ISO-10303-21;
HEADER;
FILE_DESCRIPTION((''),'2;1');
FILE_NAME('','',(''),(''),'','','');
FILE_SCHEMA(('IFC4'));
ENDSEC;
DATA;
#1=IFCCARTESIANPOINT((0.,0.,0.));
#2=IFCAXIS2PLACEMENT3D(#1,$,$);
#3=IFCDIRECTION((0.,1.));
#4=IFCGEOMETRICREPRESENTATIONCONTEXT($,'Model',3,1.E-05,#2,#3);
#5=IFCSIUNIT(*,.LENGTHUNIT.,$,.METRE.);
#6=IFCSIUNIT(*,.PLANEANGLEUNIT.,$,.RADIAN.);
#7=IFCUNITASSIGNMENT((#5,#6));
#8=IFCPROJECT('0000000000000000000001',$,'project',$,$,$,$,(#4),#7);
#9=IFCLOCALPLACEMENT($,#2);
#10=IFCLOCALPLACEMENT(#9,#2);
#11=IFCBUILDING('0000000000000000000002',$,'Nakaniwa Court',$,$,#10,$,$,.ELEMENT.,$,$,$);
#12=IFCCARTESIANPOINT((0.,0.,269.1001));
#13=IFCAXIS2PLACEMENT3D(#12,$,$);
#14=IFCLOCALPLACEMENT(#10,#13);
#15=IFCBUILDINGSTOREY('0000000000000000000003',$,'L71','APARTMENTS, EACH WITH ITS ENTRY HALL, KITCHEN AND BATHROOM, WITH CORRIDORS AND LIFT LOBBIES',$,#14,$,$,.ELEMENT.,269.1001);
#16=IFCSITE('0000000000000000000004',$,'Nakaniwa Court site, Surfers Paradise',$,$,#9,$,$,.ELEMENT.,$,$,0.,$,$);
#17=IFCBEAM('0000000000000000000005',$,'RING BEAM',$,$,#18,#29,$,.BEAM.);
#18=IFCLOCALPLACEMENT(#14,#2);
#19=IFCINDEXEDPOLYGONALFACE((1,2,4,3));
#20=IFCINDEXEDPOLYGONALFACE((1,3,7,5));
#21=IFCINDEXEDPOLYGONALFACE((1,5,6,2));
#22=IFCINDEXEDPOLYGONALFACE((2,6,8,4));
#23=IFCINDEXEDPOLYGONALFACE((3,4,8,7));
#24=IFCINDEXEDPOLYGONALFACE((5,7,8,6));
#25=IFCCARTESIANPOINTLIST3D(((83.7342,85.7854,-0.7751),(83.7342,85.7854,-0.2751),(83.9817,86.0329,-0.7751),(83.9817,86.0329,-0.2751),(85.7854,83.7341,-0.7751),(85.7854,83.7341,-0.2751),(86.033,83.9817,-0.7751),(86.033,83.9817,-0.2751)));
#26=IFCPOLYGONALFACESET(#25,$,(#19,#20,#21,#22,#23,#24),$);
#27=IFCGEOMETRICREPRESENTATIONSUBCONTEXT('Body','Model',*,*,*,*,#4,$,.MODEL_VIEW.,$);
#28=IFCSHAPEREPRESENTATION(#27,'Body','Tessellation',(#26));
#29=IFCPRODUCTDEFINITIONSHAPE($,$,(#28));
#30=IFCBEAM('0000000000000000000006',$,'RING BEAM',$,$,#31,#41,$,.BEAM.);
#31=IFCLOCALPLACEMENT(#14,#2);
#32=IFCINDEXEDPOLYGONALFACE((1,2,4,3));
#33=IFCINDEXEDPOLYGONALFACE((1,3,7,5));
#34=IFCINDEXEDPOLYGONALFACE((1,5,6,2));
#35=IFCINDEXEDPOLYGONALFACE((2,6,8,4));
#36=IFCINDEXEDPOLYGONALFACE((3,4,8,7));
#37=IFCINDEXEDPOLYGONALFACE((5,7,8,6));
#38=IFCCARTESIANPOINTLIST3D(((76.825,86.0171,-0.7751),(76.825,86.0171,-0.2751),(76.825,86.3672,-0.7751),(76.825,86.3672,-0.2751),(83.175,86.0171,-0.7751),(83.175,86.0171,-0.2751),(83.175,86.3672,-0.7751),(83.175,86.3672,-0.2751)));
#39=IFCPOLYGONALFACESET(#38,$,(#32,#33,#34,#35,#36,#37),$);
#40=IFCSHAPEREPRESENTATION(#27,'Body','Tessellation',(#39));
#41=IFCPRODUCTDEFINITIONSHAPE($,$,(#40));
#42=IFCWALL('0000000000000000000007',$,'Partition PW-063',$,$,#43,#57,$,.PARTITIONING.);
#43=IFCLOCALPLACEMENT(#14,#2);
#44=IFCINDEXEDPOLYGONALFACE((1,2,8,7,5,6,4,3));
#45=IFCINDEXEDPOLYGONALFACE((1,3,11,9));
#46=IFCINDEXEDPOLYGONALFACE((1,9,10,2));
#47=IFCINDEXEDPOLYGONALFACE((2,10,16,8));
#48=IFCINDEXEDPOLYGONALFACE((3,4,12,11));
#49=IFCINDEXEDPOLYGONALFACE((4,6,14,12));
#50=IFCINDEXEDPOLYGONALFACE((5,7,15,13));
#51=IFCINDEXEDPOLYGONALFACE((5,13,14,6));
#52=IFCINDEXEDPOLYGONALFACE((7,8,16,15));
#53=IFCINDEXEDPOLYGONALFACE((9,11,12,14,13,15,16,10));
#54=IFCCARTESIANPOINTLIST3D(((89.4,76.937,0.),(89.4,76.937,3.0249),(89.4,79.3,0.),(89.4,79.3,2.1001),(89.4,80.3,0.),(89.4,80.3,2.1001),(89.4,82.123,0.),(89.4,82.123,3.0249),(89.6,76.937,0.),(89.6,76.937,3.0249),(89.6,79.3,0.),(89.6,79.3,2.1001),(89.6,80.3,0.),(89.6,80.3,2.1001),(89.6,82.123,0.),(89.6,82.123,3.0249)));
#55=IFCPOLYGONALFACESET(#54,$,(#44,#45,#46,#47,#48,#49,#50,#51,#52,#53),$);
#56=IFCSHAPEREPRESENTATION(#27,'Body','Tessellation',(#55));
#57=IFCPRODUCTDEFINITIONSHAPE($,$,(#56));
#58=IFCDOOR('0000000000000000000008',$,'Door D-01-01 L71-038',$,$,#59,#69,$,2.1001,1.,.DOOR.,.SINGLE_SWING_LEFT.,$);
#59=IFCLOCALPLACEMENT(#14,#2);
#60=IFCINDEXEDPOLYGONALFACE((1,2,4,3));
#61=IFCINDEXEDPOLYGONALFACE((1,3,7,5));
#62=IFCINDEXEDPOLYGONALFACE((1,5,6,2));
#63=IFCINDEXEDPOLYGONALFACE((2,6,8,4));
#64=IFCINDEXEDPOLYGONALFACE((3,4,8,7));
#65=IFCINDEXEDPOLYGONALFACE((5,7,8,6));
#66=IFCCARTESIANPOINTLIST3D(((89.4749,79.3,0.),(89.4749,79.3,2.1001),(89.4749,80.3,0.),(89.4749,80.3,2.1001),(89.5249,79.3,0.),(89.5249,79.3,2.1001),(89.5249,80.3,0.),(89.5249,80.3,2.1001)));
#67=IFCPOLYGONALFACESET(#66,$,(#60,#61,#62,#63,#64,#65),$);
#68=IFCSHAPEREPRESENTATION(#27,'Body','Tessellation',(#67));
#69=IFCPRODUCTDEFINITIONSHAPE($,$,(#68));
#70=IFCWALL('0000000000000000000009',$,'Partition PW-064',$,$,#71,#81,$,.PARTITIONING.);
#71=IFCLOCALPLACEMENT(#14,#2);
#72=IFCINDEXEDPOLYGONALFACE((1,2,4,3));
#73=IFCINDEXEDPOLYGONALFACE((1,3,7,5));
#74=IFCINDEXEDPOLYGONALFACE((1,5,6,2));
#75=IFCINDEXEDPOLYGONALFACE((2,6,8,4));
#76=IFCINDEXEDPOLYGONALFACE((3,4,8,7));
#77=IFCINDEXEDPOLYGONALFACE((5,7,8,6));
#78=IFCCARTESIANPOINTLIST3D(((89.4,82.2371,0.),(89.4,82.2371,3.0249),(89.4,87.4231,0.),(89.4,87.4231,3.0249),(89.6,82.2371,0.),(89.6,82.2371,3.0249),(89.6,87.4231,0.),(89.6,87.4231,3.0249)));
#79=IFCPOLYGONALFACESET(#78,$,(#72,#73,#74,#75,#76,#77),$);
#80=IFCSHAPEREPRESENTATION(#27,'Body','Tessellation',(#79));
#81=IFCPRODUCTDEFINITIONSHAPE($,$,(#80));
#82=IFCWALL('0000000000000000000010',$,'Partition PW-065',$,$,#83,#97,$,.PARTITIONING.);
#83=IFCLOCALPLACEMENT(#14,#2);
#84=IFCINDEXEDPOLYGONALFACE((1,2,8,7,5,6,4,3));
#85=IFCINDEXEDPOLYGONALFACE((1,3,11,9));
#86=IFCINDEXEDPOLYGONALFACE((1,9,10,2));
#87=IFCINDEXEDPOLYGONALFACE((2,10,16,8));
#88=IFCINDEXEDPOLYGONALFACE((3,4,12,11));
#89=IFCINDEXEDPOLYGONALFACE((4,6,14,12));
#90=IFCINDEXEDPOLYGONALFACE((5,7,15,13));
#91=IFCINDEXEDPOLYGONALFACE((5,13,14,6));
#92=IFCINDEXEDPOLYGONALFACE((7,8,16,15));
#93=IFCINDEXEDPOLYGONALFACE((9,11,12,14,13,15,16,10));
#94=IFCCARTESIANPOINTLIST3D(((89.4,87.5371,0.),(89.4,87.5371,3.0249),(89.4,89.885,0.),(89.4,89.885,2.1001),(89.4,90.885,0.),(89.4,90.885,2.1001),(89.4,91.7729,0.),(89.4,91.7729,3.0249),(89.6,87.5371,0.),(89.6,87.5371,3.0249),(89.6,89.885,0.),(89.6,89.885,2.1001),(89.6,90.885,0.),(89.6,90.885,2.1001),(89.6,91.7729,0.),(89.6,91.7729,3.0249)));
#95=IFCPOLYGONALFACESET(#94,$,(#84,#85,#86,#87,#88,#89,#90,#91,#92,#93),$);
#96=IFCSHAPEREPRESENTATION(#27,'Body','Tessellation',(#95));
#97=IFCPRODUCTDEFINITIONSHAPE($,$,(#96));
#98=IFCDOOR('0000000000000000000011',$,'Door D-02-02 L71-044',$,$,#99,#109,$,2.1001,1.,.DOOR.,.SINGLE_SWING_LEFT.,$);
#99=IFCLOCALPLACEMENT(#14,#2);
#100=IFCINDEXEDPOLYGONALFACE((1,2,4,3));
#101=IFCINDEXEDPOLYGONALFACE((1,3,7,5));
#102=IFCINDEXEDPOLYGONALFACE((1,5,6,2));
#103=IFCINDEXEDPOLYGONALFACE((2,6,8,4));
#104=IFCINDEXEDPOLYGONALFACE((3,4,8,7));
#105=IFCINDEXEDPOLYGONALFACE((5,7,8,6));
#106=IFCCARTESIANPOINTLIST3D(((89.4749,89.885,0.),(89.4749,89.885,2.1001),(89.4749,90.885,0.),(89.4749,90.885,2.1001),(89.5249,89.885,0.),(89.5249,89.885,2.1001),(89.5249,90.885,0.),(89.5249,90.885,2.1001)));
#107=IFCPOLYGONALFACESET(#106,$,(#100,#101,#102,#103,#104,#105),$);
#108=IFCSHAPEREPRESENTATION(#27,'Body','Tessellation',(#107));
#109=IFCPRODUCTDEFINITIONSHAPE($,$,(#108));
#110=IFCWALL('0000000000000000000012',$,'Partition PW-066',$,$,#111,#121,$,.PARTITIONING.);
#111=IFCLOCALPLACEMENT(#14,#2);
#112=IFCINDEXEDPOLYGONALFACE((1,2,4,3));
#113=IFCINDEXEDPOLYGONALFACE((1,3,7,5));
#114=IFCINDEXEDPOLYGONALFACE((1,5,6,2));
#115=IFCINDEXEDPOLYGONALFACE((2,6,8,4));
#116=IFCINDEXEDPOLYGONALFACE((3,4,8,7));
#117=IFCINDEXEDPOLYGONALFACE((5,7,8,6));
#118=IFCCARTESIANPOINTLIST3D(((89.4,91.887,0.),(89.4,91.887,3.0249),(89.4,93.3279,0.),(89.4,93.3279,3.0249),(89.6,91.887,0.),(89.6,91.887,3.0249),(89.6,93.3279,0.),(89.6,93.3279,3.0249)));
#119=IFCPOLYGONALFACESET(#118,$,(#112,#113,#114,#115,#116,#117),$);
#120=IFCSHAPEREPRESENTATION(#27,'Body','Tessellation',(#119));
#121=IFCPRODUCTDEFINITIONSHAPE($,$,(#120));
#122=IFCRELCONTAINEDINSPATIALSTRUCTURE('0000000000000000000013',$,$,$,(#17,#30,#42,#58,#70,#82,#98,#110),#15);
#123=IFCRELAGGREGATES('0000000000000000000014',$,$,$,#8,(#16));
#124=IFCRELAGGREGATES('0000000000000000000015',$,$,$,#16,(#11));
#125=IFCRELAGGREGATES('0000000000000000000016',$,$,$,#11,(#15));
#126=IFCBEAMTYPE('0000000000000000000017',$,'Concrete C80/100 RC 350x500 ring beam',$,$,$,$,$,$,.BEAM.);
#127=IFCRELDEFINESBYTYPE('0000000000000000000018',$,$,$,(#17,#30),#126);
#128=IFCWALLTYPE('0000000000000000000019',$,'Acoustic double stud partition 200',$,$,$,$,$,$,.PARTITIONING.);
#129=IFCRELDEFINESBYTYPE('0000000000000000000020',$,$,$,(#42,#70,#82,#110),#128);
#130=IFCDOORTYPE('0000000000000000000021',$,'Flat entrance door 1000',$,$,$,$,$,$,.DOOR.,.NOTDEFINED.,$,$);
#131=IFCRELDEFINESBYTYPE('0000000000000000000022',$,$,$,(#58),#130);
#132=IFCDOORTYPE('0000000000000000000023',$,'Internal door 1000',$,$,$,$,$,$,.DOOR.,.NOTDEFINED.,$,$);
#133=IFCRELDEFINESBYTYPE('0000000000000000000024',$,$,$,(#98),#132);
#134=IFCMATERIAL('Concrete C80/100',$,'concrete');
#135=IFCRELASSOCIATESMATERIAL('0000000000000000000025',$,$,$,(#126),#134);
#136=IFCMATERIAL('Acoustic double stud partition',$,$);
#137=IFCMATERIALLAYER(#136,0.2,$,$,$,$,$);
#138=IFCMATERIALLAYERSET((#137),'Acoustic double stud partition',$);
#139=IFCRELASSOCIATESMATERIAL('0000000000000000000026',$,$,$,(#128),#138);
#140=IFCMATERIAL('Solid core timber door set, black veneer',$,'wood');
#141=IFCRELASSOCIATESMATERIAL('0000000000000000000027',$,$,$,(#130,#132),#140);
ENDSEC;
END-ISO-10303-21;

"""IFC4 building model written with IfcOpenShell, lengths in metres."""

from ifc_helpers import new_model, si_unit, direction, frame, frame_2d, origin, origin_2d, place, context, subcontext, project, spatial, rectangle, extrude, material, layer, layer_set, material_profile, profile_set, type_object, element, fill, save


model = new_model("IFC4")

# Units and contexts
model_context = context("Model", 3, precision=1e-05, world=origin(), true_north=direction((0.0, 1.0)))
body_context = subcontext(model_context, "Body", "Model", "MODEL_VIEW")
ifc_project = project(units=[si_unit("LENGTHUNIT", "METRE"), si_unit("PLANEANGLEUNIT", "RADIAN")], contexts=[model_context])

# Site, building, storey
site_placement = place(None, origin())
site = spatial("IfcSite", under=ifc_project, at=site_placement, Name="Nakaniwa Court site, Surfers Paradise", CompositionType="ELEMENT", RefElevation=0.0)
building_placement = place(site_placement, origin())
building = spatial("IfcBuilding", under=site, at=building_placement, Name="Nakaniwa Court", CompositionType="ELEMENT")
storey_placement = place(building_placement, frame((0.0, 0.0, 269.1001)))
storey = spatial("IfcBuildingStorey", under=building, at=storey_placement, Name="L71", Description="APARTMENTS, EACH WITH ITS ENTRY HALL, KITCHEN AND BATHROOM, WITH CORRIDORS AND LIFT LOBBIES", CompositionType="ELEMENT", Elevation=269.1001)

# Shared definitions
ifc_material_1 = material(Name="Concrete C80/100", Category="concrete")

# Beams
ifc_material_profile_1 = material_profile(ifc_material_1, rectangle(XDim=0.3501, YDim=0.5, at=origin_2d()), Name="Concrete C80/100 RC 350x500 ring beam")
ifc_profile_set_1 = profile_set([ifc_material_profile_1], Name="Concrete C80/100")
beam_type = type_object("IfcBeamType", Name="Concrete C80/100 RC 350x500 ring beam", PredefinedType="BEAM", material=ifc_profile_set_1)
beam_1_placement = place(storey_placement, frame((85.9092, 83.8579, -0.5251), z_axis=(-0.707107, 0.707107, 0.0), x_axis=(-0.707107, -0.707107, 0.0)))
element("IfcBeam", 1, at=beam_1_placement, inside=storey, type_object=beam_type, Name="RING BEAM", PredefinedType="BEAM", context=body_context, shape_type="SweptSolid", body=[
    extrude(rectangle(XDim=0.3501, YDim=0.5, at=origin_2d()), origin(), (0.0, 0.0, 1.0), 2.9009),
])
beam_2_placement = place(storey_placement, frame((83.175, 86.1921, -0.5251), z_axis=(-1.0, 0.0, 0.0), x_axis=(0.0, -1.0, 0.0)))
element("IfcBeam", 2, at=beam_2_placement, inside=storey, type_object=beam_type, Name="RING BEAM", PredefinedType="BEAM", context=body_context, shape_type="SweptSolid", body=[
    extrude(rectangle(XDim=0.3501, YDim=0.5, at=origin_2d()), origin(), (0.0, 0.0, 1.0), 6.3501),
])

# Wall, opening, door
ifc_material_2 = material(Name="Acoustic double stud partition")
ifc_layer_1 = layer(ifc_material_2, 0.2)
ifc_layer_set_1 = layer_set([ifc_layer_1], Name="Acoustic double stud partition")
wall_type_1 = type_object("IfcWallType", Name="Acoustic double stud partition 200", PredefinedType="PARTITIONING", material=ifc_layer_set_1)
wall_1_placement = place(storey_placement, frame((89.5, 82.123, 0.0), z_axis=(0.0, 0.0, 1.0), x_axis=(0.0, -1.0, 0.0)))
wall_1 = element("IfcWall", 3, at=wall_1_placement, inside=storey, type_object=wall_type_1, Name="Partition PW-063", PredefinedType="PARTITIONING", context=body_context, shape_type="SweptSolid", body=[
    extrude(rectangle(XDim=5.186, YDim=0.2, at=frame_2d((2.593, 0.0))), origin(), (0.0, 0.0, 1.0), 3.0249),
])
opening_1_placement = place(wall_1_placement, frame((1.823, 0.0, 0.0)))
opening_1 = element("IfcOpeningElement", 4, at=opening_1_placement, cuts=wall_1, PredefinedType="OPENING", context=body_context, shape_type="SweptSolid", body=[
    extrude(rectangle(XDim=1.0, YDim=2.1001, at=frame_2d((0.5, 1.05))), frame((0.0, 0.1099, 0.0), z_axis=(0.0, -1.0, 0.0), x_axis=(1.0, 0.0, 0.0)), (0.0, 0.0, 1.0), 0.22),
])
ifc_material_3 = material(Name="Solid core timber door set, black veneer", Category="wood")
door_type_1 = type_object("IfcDoorType", Name="Flat entrance door 1000", OperationType="NOTDEFINED", PredefinedType="DOOR", material=ifc_material_3)
door_1_placement = place(opening_1_placement, origin())
door_1 = element("IfcDoor", 5, at=door_1_placement, inside=storey, type_object=door_type_1, Name="Door D-01-01 L71-038", OperationType="SINGLE_SWING_LEFT", OverallHeight=2.1001, OverallWidth=1.0, PredefinedType="DOOR", context=body_context, shape_type="SweptSolid", body=[
    extrude(rectangle(XDim=1.0, YDim=2.1001, at=frame_2d((0.5, 1.05))), frame((0.0, 0.0249, 0.0), z_axis=(0.0, -1.0, 0.0), x_axis=(1.0, 0.0, 0.0)), (0.0, 0.0, 1.0), 0.05),
])
fill(opening_1, door_1)

# Wall
wall_2_placement = place(storey_placement, frame((89.5, 82.2371, 0.0), z_axis=(0.0, 0.0, 1.0), x_axis=(0.0, 1.0, 0.0)))
element("IfcWall", 6, at=wall_2_placement, inside=storey, type_object=wall_type_1, Name="Partition PW-064", PredefinedType="PARTITIONING", context=body_context, shape_type="SweptSolid", body=[
    extrude(rectangle(XDim=5.186, YDim=0.2, at=frame_2d((2.593, 0.0))), origin(), (0.0, 0.0, 1.0), 3.0249),
])

# Wall, opening, door
wall_3_placement = place(storey_placement, frame((89.5, 91.7729, 0.0), z_axis=(0.0, 0.0, 1.0), x_axis=(0.0, -1.0, 0.0)))
wall_3 = element("IfcWall", 7, at=wall_3_placement, inside=storey, type_object=wall_type_1, Name="Partition PW-065", PredefinedType="PARTITIONING", context=body_context, shape_type="SweptSolid", body=[
    extrude(rectangle(XDim=4.2358, YDim=0.2, at=frame_2d((2.1179, 0.0))), origin(), (0.0, 0.0, 1.0), 3.0249),
])
opening_2_placement = place(wall_3_placement, frame((0.8879, 0.0, 0.0)))
opening_2 = element("IfcOpeningElement", 8, at=opening_2_placement, cuts=wall_3, PredefinedType="OPENING", context=body_context, shape_type="SweptSolid", body=[
    extrude(rectangle(XDim=1.0, YDim=2.1001, at=frame_2d((0.5, 1.05))), frame((0.0, 0.1099, 0.0), z_axis=(0.0, -1.0, 0.0), x_axis=(1.0, 0.0, 0.0)), (0.0, 0.0, 1.0), 0.22),
])
door_type_2 = type_object("IfcDoorType", Name="Internal door 1000", OperationType="NOTDEFINED", PredefinedType="DOOR", material=ifc_material_3)
door_2_placement = place(opening_2_placement, origin())
door_2 = element("IfcDoor", 9, at=door_2_placement, inside=storey, type_object=door_type_2, Name="Door D-02-02 L71-044", OperationType="SINGLE_SWING_LEFT", OverallHeight=2.1001, OverallWidth=1.0, PredefinedType="DOOR", context=body_context, shape_type="SweptSolid", body=[
    extrude(rectangle(XDim=1.0, YDim=2.1001, at=frame_2d((0.5, 1.05))), frame((0.0, 0.0249, 0.0), z_axis=(0.0, -1.0, 0.0), x_axis=(1.0, 0.0, 0.0)), (0.0, 0.0, 1.0), 0.05),
])
fill(opening_2, door_2)

# Wall
wall_4_placement = place(storey_placement, frame((89.5, 91.887, 0.0), z_axis=(0.0, 0.0, 1.0), x_axis=(0.0, 1.0, 0.0)))
element("IfcWall", 10, at=wall_4_placement, inside=storey, type_object=wall_type_1, Name="Partition PW-066", PredefinedType="PARTITIONING", context=body_context, shape_type="SweptSolid", body=[
    extrude(rectangle(XDim=1.4409, YDim=0.2, at=frame_2d((0.7205, 0.0))), origin(), (0.0, 0.0, 1.0), 3.0249),
])

save(model, "model.ifc")
